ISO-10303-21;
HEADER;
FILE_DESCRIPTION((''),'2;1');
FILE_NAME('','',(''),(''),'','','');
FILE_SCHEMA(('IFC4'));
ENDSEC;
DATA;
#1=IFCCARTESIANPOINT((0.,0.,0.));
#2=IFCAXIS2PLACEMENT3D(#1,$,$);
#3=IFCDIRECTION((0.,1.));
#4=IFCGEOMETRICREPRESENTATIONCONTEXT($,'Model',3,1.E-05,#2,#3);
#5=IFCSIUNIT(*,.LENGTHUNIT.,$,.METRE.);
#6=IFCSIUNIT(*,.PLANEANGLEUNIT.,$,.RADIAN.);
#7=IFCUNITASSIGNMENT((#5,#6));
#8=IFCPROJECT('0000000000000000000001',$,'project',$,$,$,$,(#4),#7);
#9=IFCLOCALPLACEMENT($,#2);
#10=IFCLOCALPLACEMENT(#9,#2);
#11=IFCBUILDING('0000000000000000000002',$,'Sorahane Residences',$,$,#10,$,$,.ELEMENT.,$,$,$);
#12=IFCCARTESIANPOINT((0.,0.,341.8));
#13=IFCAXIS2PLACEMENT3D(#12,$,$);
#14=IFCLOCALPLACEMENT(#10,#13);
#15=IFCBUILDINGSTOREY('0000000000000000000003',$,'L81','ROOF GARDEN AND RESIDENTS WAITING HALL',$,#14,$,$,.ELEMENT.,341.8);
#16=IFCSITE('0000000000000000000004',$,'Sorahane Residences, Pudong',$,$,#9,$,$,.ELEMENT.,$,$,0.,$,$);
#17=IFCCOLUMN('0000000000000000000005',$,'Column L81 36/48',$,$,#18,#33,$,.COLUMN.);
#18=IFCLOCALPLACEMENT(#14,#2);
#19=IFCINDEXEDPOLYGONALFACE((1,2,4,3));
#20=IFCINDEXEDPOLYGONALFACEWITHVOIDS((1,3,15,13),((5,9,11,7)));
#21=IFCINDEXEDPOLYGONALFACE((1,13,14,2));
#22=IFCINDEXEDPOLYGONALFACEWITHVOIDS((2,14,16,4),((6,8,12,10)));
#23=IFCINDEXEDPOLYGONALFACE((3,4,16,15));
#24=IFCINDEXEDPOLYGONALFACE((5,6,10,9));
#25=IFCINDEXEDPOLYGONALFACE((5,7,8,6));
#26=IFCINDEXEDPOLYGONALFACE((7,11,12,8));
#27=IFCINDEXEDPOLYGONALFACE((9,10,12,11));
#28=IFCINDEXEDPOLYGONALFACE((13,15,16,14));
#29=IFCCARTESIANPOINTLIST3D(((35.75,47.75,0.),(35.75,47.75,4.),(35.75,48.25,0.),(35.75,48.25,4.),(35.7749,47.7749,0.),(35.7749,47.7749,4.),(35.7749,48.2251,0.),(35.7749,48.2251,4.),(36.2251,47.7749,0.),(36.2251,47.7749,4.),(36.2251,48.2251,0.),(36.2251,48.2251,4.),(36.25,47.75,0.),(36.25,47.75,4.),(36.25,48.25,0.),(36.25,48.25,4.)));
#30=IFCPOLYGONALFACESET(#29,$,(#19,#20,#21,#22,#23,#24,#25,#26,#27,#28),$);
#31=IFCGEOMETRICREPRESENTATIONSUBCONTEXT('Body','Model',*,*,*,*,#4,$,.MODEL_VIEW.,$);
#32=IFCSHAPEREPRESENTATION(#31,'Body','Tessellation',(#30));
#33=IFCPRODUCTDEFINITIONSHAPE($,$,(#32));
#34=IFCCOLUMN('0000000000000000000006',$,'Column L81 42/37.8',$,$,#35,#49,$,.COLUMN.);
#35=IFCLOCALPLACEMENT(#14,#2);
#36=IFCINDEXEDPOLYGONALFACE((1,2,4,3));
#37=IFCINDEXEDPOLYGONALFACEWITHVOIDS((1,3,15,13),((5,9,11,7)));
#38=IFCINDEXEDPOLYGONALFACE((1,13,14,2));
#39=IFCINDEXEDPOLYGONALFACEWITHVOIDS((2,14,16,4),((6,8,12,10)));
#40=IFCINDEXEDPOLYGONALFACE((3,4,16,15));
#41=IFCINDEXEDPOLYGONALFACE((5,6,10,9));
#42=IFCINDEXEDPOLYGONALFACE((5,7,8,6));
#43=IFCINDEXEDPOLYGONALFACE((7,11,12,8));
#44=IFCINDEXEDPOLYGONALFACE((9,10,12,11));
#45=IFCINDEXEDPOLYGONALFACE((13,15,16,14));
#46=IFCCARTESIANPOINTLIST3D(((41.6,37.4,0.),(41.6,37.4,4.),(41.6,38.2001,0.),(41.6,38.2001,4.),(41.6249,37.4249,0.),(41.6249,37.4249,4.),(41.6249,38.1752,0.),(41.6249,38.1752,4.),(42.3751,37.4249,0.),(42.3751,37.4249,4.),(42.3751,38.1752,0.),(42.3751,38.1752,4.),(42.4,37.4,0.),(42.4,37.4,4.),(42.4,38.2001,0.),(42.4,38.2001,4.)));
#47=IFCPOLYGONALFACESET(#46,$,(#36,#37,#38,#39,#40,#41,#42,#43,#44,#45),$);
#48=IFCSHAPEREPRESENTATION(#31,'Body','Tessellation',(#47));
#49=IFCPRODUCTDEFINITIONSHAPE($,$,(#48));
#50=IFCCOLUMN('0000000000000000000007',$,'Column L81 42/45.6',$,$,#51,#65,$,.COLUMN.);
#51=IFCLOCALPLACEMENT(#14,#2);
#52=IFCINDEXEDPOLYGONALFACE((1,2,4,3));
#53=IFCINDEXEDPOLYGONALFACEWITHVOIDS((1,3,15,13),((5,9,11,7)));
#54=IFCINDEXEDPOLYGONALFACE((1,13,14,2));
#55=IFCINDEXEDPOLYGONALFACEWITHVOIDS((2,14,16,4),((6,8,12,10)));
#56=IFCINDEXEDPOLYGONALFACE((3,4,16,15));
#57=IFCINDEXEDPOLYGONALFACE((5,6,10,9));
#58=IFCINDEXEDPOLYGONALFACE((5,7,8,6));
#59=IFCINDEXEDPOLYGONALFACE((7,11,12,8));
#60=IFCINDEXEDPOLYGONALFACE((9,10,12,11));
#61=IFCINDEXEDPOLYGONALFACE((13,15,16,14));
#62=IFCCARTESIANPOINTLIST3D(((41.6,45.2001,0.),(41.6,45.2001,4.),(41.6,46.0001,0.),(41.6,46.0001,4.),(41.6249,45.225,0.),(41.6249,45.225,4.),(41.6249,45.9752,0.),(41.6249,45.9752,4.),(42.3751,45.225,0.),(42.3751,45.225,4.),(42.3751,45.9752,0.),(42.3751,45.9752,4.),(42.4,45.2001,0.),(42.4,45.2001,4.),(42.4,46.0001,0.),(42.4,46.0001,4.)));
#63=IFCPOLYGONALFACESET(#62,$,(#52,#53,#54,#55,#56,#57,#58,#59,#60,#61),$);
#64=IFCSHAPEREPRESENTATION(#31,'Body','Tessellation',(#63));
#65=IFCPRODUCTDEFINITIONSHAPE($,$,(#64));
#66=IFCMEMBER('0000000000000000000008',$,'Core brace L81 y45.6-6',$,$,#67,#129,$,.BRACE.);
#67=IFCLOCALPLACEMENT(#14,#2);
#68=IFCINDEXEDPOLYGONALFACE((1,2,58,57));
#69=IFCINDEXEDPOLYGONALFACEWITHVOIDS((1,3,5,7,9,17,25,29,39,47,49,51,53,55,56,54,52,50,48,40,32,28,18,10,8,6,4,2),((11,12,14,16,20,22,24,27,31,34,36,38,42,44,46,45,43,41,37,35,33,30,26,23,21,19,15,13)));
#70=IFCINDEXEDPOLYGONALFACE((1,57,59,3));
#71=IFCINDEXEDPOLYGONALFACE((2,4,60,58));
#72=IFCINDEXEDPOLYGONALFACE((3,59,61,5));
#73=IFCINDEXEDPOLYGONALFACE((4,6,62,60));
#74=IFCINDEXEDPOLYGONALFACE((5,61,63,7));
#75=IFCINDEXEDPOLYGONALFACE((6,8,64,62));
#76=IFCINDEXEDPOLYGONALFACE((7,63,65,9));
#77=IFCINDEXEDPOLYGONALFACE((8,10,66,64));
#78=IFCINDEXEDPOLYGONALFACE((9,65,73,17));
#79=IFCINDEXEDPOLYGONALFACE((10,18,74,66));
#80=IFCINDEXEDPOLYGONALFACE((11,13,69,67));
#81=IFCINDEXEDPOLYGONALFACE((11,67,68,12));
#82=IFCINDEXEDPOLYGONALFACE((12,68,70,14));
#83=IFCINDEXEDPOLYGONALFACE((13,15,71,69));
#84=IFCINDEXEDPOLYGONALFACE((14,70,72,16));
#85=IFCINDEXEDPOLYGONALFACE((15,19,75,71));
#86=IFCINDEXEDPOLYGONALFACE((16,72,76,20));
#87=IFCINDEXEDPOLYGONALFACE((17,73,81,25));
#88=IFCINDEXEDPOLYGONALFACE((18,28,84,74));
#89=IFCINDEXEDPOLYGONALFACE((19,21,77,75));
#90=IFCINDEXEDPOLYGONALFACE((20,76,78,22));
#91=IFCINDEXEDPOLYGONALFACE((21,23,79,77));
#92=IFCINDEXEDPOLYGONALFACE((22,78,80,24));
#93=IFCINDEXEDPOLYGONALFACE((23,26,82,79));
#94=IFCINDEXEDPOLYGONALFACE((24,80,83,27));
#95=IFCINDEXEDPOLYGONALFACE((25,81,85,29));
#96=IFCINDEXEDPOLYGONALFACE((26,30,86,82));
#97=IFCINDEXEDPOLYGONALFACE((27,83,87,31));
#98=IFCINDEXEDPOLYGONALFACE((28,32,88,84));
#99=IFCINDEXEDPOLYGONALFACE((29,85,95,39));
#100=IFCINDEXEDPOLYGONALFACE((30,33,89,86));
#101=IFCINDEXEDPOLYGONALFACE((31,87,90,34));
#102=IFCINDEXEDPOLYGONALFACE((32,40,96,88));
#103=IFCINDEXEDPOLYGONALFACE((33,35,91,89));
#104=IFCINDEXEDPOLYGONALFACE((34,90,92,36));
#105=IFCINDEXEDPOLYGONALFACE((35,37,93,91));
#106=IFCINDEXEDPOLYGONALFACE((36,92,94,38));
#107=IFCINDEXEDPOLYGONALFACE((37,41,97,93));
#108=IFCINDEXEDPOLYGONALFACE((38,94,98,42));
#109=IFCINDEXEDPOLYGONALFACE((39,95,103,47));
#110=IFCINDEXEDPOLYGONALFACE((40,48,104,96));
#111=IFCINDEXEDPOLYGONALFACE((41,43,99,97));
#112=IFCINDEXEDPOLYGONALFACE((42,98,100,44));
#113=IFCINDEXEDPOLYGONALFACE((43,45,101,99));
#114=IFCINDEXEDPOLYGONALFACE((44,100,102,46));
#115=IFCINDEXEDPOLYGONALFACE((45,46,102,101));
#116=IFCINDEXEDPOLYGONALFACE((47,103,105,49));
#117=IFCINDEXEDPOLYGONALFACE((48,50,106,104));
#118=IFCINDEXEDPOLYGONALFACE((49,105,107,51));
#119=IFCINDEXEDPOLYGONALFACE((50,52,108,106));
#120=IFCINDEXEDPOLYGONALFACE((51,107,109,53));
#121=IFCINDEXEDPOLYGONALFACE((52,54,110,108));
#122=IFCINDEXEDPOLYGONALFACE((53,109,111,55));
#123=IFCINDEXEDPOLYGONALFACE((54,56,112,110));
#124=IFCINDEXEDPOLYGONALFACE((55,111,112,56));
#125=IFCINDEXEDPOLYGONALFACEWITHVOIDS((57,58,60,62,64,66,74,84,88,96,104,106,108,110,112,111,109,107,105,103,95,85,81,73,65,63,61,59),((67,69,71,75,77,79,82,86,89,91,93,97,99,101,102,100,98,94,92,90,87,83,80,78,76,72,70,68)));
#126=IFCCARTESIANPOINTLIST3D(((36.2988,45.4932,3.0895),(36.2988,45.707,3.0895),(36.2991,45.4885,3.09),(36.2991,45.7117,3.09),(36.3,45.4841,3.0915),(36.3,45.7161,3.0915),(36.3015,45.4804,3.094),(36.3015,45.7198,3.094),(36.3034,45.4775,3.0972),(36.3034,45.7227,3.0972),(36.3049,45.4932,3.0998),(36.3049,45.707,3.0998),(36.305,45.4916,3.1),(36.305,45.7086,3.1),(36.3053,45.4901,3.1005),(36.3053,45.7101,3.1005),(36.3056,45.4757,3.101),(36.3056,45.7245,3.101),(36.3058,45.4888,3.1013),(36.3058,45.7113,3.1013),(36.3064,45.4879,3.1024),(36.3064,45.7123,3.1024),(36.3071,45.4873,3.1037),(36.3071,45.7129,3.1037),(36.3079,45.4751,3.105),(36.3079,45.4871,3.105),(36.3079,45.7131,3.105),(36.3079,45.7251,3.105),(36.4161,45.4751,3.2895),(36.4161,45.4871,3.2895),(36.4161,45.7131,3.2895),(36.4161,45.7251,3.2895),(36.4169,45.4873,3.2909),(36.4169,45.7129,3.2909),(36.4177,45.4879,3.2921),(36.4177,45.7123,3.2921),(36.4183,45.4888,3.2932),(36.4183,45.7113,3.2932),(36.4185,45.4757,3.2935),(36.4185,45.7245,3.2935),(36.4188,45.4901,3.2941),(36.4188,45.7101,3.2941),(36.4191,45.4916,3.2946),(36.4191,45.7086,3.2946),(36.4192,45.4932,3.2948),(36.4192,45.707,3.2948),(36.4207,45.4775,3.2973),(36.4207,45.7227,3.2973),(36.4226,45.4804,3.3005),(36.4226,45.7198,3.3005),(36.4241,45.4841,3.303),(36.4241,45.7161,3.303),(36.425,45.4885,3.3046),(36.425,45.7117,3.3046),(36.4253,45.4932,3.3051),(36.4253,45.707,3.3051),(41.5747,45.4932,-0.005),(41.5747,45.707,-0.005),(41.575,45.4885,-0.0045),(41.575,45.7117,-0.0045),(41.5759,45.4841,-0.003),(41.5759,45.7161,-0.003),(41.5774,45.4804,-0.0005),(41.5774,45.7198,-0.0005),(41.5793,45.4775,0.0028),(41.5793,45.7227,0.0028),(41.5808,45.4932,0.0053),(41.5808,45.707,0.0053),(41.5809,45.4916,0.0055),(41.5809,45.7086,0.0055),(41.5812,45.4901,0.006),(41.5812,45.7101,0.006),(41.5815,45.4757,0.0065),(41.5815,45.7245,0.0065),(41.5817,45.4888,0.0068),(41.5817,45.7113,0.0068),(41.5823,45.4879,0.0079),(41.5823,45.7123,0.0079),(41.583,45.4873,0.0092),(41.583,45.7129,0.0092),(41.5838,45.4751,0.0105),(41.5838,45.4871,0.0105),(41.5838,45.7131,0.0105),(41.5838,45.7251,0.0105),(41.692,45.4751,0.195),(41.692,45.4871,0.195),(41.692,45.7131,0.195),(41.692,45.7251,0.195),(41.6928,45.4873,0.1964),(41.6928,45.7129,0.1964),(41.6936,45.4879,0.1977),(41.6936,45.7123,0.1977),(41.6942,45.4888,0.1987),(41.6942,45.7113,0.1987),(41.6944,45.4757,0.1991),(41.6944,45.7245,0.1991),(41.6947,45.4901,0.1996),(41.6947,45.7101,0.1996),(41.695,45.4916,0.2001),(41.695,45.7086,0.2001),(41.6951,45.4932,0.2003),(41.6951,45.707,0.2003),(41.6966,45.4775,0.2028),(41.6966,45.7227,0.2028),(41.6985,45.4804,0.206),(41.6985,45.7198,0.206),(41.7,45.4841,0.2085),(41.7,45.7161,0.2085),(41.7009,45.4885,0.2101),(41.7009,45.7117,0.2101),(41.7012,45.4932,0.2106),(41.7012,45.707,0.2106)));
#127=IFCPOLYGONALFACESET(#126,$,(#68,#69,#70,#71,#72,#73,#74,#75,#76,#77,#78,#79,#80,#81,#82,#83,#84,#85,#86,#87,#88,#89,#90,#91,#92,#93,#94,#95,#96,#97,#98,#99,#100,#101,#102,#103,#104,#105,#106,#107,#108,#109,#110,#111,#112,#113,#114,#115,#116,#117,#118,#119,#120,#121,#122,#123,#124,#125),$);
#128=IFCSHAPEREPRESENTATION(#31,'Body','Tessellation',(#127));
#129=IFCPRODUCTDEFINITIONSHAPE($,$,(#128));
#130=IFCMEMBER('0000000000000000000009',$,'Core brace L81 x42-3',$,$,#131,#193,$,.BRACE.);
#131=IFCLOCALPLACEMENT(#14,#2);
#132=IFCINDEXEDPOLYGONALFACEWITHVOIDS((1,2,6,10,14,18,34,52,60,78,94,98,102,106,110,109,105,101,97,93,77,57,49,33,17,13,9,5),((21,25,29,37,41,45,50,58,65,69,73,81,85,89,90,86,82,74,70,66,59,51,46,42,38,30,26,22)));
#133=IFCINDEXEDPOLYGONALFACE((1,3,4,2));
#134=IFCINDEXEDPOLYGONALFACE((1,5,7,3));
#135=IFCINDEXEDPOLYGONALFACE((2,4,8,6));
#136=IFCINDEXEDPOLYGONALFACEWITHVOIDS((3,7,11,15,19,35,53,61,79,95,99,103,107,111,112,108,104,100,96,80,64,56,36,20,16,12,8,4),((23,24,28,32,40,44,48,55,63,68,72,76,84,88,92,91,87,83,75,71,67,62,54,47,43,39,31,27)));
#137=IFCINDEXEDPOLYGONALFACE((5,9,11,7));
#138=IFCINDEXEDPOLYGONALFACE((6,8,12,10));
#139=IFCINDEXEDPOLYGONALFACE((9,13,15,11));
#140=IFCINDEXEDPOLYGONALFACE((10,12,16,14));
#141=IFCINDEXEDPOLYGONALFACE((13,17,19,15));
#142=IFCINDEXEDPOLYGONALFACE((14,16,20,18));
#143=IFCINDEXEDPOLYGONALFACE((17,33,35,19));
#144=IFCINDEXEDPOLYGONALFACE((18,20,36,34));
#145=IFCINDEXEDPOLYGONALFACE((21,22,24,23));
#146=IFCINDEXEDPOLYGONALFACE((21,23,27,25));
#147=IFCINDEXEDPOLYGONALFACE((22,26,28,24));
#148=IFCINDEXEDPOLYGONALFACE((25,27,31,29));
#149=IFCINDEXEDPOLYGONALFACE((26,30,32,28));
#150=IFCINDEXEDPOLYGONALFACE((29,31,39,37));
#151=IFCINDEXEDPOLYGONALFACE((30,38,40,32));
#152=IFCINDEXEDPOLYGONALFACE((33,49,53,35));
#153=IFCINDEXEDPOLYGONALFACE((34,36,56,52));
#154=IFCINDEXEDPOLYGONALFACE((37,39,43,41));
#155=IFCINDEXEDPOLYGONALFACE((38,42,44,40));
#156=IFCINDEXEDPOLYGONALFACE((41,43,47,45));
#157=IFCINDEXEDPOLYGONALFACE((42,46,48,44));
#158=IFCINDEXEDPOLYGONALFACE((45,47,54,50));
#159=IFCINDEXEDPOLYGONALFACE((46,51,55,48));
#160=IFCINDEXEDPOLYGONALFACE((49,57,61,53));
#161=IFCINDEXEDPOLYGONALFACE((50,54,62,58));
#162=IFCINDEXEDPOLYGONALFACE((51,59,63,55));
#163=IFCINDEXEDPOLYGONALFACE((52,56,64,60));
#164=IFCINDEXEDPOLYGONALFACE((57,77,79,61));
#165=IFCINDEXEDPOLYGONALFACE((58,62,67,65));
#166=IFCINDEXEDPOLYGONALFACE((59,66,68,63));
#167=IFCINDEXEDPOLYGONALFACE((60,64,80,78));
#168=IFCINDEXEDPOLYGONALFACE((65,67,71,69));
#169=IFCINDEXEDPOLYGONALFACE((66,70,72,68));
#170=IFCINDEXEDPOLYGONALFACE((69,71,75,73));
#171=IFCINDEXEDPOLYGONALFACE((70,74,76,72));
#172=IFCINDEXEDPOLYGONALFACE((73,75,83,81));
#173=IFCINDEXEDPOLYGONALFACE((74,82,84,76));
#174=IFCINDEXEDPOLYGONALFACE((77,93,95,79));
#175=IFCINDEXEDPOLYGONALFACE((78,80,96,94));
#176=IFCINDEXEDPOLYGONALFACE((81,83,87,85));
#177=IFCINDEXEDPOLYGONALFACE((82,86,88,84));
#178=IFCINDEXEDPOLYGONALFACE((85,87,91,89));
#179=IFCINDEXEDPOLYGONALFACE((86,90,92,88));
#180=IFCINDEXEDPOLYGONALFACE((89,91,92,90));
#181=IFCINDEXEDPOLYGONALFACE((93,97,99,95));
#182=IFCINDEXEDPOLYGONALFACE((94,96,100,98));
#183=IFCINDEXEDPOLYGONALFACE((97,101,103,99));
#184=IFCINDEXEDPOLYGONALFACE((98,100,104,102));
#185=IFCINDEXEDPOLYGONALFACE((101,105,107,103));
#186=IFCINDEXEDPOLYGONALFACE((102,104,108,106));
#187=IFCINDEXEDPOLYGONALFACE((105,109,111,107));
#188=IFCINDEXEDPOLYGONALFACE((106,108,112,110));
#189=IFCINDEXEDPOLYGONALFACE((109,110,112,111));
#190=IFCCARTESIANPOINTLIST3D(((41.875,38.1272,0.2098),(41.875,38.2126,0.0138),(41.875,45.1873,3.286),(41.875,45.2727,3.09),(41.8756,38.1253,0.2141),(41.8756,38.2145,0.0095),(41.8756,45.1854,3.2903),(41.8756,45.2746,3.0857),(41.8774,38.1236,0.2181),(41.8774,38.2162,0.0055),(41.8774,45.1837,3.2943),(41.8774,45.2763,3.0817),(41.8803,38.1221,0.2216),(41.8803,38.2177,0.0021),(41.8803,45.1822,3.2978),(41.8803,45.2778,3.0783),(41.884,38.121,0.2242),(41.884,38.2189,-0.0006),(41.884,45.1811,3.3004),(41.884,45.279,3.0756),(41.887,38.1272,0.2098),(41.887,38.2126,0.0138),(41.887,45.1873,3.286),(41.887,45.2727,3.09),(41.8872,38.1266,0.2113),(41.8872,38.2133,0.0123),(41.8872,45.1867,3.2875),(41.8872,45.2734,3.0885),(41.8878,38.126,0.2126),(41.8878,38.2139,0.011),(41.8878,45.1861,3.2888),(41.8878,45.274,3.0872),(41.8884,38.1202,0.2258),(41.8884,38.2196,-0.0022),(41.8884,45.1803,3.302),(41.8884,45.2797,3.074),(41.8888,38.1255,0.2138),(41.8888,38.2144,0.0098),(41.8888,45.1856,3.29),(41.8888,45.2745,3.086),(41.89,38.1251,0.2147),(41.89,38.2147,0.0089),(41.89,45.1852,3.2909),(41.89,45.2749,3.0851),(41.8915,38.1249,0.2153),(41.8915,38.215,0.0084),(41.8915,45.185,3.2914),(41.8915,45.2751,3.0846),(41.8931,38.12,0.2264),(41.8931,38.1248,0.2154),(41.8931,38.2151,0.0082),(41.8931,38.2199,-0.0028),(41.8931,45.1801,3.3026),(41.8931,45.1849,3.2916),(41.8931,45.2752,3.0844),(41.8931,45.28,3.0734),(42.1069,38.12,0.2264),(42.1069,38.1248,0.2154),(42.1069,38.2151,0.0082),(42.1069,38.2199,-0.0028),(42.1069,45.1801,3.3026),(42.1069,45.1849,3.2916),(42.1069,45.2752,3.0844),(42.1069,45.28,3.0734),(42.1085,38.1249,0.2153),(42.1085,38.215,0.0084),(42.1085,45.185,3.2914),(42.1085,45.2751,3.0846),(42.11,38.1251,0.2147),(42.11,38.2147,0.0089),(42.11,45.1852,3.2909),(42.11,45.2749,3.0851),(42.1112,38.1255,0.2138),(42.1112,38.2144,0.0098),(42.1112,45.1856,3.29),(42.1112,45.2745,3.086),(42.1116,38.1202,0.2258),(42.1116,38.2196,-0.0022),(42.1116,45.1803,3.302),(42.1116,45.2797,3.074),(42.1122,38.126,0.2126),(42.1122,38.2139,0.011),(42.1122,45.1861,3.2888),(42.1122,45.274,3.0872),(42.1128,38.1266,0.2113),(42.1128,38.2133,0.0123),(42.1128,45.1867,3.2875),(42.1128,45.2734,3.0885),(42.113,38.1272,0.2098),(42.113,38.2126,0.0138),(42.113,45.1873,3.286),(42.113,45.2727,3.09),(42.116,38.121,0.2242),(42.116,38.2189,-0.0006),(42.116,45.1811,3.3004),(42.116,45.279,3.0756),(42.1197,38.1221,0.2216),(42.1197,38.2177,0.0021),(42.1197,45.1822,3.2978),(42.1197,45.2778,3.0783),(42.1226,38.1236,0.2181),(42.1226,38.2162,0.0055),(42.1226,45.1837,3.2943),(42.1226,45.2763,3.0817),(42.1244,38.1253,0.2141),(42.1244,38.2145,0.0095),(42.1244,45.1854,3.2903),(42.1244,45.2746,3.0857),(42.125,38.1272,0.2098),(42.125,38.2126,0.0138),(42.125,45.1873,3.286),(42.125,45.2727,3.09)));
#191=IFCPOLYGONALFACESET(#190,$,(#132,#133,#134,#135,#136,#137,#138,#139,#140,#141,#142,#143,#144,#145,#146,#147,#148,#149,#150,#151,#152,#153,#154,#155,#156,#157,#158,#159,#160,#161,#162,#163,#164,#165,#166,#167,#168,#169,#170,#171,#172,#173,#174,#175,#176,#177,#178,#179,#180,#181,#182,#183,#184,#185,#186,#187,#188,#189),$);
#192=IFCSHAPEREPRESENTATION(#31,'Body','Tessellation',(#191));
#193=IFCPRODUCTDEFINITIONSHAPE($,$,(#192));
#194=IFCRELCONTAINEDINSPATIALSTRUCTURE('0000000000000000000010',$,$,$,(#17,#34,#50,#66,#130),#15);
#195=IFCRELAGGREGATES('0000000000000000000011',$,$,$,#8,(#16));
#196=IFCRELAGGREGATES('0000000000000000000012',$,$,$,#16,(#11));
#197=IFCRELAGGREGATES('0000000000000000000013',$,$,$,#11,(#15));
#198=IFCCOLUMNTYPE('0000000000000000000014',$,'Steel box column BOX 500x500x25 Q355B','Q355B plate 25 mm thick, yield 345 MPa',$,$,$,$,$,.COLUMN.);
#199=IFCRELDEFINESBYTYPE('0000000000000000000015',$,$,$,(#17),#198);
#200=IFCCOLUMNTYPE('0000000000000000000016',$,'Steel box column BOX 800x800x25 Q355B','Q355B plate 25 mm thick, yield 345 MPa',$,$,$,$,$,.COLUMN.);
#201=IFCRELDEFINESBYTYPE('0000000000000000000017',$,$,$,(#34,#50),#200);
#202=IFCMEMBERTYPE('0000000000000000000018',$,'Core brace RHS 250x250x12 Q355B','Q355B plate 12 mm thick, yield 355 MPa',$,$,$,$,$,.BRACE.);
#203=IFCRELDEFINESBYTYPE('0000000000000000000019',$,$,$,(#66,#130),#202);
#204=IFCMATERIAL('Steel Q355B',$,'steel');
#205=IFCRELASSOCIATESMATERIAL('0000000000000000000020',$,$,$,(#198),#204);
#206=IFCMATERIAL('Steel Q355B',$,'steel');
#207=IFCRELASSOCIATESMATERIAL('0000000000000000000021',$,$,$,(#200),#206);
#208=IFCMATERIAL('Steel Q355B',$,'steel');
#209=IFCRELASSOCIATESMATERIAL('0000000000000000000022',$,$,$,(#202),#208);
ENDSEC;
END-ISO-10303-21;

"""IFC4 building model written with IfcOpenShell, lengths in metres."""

from ifc_helpers import new_model, si_unit, direction, frame, origin, origin_2d, place, context, subcontext, project, spatial, hollow_rectangle, extrude, material, material_profile, profile_set, type_object, element, save


model = new_model("IFC4")

# Units and contexts
model_context = context("Model", 3, precision=1e-05, world=origin(), true_north=direction((0.0, 1.0)))
body_context = subcontext(model_context, "Body", "Model", "MODEL_VIEW")
ifc_project = project(units=[si_unit("LENGTHUNIT", "METRE"), si_unit("PLANEANGLEUNIT", "RADIAN")], contexts=[model_context])

# Site, building, storey
site_placement = place(None, origin())
site = spatial("IfcSite", under=ifc_project, at=site_placement, Name="Sorahane Residences, Pudong", CompositionType="ELEMENT", RefElevation=0.0)
building_placement = place(site_placement, origin())
building = spatial("IfcBuilding", under=site, at=building_placement, Name="Sorahane Residences", CompositionType="ELEMENT")
storey_placement = place(building_placement, frame((0.0, 0.0, 341.8)))
storey = spatial("IfcBuildingStorey", under=building, at=storey_placement, Name="L81", Description="ROOF GARDEN AND RESIDENTS WAITING HALL", CompositionType="ELEMENT", Elevation=341.8)

# Columns
ifc_material_1 = material(Name="Steel Q355B", Category="steel")
ifc_material_profile_1 = material_profile(ifc_material_1, hollow_rectangle(XDim=0.5, YDim=0.5, WallThickness=0.0249, at=origin_2d()), Name="BOX 500x500x25")
ifc_profile_set_1 = profile_set([ifc_material_profile_1], Name="Steel Q355B")
column_type_1 = type_object("IfcColumnType", Name="Steel box column BOX 500x500x25 Q355B", Description="Q355B plate 25 mm thick, yield 345 MPa", PredefinedType="COLUMN", material=ifc_profile_set_1)
column_placement = place(storey_placement, frame((36.0, 48.0, 0.0), z_axis=(0.0, 0.0, 1.0), x_axis=(1.0, 0.0, 0.0)))
element("IfcColumn", 1, at=column_placement, inside=storey, type_object=column_type_1, Name="Column L81 36/48", PredefinedType="COLUMN", context=body_context, shape_type="SweptSolid", body=[
    extrude(hollow_rectangle(XDim=0.5, YDim=0.5, WallThickness=0.0249, at=origin_2d()), origin(), (0.0, 0.0, 1.0), 4.0),
])
ifc_material_2 = material(Name="Steel Q355B", Category="steel")
ifc_material_profile_2 = material_profile(ifc_material_2, hollow_rectangle(XDim=0.8, YDim=0.8, WallThickness=0.0249, at=origin_2d()), Name="BOX 800x800x25")
ifc_profile_set_2 = profile_set([ifc_material_profile_2], Name="Steel Q355B")
column_type_2 = type_object("IfcColumnType", Name="Steel box column BOX 800x800x25 Q355B", Description="Q355B plate 25 mm thick, yield 345 MPa", PredefinedType="COLUMN", material=ifc_profile_set_2)
for number, where, z_axis, x_axis, name in (
    (2, (42.0, 37.8, 0.0), (0.0, 0.0, 1.0), (1.0, 0.0, 0.0), "Column L81 42/37.8"),
    (3, (42.0, 45.6001, 0.0), (0.0, 0.0, 1.0), (1.0, 0.0, 0.0), "Column L81 42/45.6"),
):
    element("IfcColumn", number, at=place(storey_placement, frame(where, z_axis=z_axis, x_axis=x_axis)), inside=storey, type_object=column_type_2, Name=name, PredefinedType="COLUMN", context=body_context, shape_type="SweptSolid", body=[
        extrude(hollow_rectangle(XDim=0.8, YDim=0.8, WallThickness=0.0249, at=origin_2d()), origin(), (0.0, 0.0, 1.0), 4.0),
    ])

# Members
ifc_material_3 = material(Name="Steel Q355B", Category="steel")
ifc_material_profile_3 = material_profile(ifc_material_3, hollow_rectangle(XDim=0.25, YDim=0.25, WallThickness=0.012, InnerFilletRadius=0.0061, OuterFilletRadius=0.0181, at=origin_2d()), Name="RHS 250x250x12")
ifc_profile_set_3 = profile_set([ifc_material_profile_3], Name="Steel Q355B")
member_type_1 = type_object("IfcMemberType", Name="Core brace RHS 250x250x12 Q355B", Description="Q355B plate 12 mm thick, yield 355 MPa", PredefinedType="BRACE", material=ifc_profile_set_3)
member_1_placement = place(storey_placement, frame((41.6379, 45.6001, 0.1028), z_axis=(-0.862575, 0.0, 0.505929), x_axis=(0.0, -1.0, 0.0)))
element("IfcMember", 4, at=member_1_placement, inside=storey, type_object=member_type_1, Name="Core brace L81 y45.6-6", PredefinedType="BRACE", context=body_context, shape_type="SweptSolid", body=[
    extrude(hollow_rectangle(XDim=0.25, YDim=0.25, WallThickness=0.012, InnerFilletRadius=0.0061, OuterFilletRadius=0.0181, at=origin_2d()), origin(), (0.0, 0.0, 1.0), 6.1165),
])
member_2_placement = place(storey_placement, frame((42.0, 38.1699, 0.1118), z_axis=(0.0, 0.916757, 0.399445), x_axis=(-1.0, 0.0, 0.0)))
element("IfcMember", 5, at=member_2_placement, inside=storey, type_object=member_type_1, Name="Core brace L81 x42-3", PredefinedType="BRACE", context=body_context, shape_type="SweptSolid", body=[
    extrude(hollow_rectangle(XDim=0.25, YDim=0.25, WallThickness=0.012, InnerFilletRadius=0.0061, OuterFilletRadius=0.0181, at=origin_2d()), origin(), (0.0, 0.0, 1.0), 7.7012),
])

save(model, "model.ifc")
